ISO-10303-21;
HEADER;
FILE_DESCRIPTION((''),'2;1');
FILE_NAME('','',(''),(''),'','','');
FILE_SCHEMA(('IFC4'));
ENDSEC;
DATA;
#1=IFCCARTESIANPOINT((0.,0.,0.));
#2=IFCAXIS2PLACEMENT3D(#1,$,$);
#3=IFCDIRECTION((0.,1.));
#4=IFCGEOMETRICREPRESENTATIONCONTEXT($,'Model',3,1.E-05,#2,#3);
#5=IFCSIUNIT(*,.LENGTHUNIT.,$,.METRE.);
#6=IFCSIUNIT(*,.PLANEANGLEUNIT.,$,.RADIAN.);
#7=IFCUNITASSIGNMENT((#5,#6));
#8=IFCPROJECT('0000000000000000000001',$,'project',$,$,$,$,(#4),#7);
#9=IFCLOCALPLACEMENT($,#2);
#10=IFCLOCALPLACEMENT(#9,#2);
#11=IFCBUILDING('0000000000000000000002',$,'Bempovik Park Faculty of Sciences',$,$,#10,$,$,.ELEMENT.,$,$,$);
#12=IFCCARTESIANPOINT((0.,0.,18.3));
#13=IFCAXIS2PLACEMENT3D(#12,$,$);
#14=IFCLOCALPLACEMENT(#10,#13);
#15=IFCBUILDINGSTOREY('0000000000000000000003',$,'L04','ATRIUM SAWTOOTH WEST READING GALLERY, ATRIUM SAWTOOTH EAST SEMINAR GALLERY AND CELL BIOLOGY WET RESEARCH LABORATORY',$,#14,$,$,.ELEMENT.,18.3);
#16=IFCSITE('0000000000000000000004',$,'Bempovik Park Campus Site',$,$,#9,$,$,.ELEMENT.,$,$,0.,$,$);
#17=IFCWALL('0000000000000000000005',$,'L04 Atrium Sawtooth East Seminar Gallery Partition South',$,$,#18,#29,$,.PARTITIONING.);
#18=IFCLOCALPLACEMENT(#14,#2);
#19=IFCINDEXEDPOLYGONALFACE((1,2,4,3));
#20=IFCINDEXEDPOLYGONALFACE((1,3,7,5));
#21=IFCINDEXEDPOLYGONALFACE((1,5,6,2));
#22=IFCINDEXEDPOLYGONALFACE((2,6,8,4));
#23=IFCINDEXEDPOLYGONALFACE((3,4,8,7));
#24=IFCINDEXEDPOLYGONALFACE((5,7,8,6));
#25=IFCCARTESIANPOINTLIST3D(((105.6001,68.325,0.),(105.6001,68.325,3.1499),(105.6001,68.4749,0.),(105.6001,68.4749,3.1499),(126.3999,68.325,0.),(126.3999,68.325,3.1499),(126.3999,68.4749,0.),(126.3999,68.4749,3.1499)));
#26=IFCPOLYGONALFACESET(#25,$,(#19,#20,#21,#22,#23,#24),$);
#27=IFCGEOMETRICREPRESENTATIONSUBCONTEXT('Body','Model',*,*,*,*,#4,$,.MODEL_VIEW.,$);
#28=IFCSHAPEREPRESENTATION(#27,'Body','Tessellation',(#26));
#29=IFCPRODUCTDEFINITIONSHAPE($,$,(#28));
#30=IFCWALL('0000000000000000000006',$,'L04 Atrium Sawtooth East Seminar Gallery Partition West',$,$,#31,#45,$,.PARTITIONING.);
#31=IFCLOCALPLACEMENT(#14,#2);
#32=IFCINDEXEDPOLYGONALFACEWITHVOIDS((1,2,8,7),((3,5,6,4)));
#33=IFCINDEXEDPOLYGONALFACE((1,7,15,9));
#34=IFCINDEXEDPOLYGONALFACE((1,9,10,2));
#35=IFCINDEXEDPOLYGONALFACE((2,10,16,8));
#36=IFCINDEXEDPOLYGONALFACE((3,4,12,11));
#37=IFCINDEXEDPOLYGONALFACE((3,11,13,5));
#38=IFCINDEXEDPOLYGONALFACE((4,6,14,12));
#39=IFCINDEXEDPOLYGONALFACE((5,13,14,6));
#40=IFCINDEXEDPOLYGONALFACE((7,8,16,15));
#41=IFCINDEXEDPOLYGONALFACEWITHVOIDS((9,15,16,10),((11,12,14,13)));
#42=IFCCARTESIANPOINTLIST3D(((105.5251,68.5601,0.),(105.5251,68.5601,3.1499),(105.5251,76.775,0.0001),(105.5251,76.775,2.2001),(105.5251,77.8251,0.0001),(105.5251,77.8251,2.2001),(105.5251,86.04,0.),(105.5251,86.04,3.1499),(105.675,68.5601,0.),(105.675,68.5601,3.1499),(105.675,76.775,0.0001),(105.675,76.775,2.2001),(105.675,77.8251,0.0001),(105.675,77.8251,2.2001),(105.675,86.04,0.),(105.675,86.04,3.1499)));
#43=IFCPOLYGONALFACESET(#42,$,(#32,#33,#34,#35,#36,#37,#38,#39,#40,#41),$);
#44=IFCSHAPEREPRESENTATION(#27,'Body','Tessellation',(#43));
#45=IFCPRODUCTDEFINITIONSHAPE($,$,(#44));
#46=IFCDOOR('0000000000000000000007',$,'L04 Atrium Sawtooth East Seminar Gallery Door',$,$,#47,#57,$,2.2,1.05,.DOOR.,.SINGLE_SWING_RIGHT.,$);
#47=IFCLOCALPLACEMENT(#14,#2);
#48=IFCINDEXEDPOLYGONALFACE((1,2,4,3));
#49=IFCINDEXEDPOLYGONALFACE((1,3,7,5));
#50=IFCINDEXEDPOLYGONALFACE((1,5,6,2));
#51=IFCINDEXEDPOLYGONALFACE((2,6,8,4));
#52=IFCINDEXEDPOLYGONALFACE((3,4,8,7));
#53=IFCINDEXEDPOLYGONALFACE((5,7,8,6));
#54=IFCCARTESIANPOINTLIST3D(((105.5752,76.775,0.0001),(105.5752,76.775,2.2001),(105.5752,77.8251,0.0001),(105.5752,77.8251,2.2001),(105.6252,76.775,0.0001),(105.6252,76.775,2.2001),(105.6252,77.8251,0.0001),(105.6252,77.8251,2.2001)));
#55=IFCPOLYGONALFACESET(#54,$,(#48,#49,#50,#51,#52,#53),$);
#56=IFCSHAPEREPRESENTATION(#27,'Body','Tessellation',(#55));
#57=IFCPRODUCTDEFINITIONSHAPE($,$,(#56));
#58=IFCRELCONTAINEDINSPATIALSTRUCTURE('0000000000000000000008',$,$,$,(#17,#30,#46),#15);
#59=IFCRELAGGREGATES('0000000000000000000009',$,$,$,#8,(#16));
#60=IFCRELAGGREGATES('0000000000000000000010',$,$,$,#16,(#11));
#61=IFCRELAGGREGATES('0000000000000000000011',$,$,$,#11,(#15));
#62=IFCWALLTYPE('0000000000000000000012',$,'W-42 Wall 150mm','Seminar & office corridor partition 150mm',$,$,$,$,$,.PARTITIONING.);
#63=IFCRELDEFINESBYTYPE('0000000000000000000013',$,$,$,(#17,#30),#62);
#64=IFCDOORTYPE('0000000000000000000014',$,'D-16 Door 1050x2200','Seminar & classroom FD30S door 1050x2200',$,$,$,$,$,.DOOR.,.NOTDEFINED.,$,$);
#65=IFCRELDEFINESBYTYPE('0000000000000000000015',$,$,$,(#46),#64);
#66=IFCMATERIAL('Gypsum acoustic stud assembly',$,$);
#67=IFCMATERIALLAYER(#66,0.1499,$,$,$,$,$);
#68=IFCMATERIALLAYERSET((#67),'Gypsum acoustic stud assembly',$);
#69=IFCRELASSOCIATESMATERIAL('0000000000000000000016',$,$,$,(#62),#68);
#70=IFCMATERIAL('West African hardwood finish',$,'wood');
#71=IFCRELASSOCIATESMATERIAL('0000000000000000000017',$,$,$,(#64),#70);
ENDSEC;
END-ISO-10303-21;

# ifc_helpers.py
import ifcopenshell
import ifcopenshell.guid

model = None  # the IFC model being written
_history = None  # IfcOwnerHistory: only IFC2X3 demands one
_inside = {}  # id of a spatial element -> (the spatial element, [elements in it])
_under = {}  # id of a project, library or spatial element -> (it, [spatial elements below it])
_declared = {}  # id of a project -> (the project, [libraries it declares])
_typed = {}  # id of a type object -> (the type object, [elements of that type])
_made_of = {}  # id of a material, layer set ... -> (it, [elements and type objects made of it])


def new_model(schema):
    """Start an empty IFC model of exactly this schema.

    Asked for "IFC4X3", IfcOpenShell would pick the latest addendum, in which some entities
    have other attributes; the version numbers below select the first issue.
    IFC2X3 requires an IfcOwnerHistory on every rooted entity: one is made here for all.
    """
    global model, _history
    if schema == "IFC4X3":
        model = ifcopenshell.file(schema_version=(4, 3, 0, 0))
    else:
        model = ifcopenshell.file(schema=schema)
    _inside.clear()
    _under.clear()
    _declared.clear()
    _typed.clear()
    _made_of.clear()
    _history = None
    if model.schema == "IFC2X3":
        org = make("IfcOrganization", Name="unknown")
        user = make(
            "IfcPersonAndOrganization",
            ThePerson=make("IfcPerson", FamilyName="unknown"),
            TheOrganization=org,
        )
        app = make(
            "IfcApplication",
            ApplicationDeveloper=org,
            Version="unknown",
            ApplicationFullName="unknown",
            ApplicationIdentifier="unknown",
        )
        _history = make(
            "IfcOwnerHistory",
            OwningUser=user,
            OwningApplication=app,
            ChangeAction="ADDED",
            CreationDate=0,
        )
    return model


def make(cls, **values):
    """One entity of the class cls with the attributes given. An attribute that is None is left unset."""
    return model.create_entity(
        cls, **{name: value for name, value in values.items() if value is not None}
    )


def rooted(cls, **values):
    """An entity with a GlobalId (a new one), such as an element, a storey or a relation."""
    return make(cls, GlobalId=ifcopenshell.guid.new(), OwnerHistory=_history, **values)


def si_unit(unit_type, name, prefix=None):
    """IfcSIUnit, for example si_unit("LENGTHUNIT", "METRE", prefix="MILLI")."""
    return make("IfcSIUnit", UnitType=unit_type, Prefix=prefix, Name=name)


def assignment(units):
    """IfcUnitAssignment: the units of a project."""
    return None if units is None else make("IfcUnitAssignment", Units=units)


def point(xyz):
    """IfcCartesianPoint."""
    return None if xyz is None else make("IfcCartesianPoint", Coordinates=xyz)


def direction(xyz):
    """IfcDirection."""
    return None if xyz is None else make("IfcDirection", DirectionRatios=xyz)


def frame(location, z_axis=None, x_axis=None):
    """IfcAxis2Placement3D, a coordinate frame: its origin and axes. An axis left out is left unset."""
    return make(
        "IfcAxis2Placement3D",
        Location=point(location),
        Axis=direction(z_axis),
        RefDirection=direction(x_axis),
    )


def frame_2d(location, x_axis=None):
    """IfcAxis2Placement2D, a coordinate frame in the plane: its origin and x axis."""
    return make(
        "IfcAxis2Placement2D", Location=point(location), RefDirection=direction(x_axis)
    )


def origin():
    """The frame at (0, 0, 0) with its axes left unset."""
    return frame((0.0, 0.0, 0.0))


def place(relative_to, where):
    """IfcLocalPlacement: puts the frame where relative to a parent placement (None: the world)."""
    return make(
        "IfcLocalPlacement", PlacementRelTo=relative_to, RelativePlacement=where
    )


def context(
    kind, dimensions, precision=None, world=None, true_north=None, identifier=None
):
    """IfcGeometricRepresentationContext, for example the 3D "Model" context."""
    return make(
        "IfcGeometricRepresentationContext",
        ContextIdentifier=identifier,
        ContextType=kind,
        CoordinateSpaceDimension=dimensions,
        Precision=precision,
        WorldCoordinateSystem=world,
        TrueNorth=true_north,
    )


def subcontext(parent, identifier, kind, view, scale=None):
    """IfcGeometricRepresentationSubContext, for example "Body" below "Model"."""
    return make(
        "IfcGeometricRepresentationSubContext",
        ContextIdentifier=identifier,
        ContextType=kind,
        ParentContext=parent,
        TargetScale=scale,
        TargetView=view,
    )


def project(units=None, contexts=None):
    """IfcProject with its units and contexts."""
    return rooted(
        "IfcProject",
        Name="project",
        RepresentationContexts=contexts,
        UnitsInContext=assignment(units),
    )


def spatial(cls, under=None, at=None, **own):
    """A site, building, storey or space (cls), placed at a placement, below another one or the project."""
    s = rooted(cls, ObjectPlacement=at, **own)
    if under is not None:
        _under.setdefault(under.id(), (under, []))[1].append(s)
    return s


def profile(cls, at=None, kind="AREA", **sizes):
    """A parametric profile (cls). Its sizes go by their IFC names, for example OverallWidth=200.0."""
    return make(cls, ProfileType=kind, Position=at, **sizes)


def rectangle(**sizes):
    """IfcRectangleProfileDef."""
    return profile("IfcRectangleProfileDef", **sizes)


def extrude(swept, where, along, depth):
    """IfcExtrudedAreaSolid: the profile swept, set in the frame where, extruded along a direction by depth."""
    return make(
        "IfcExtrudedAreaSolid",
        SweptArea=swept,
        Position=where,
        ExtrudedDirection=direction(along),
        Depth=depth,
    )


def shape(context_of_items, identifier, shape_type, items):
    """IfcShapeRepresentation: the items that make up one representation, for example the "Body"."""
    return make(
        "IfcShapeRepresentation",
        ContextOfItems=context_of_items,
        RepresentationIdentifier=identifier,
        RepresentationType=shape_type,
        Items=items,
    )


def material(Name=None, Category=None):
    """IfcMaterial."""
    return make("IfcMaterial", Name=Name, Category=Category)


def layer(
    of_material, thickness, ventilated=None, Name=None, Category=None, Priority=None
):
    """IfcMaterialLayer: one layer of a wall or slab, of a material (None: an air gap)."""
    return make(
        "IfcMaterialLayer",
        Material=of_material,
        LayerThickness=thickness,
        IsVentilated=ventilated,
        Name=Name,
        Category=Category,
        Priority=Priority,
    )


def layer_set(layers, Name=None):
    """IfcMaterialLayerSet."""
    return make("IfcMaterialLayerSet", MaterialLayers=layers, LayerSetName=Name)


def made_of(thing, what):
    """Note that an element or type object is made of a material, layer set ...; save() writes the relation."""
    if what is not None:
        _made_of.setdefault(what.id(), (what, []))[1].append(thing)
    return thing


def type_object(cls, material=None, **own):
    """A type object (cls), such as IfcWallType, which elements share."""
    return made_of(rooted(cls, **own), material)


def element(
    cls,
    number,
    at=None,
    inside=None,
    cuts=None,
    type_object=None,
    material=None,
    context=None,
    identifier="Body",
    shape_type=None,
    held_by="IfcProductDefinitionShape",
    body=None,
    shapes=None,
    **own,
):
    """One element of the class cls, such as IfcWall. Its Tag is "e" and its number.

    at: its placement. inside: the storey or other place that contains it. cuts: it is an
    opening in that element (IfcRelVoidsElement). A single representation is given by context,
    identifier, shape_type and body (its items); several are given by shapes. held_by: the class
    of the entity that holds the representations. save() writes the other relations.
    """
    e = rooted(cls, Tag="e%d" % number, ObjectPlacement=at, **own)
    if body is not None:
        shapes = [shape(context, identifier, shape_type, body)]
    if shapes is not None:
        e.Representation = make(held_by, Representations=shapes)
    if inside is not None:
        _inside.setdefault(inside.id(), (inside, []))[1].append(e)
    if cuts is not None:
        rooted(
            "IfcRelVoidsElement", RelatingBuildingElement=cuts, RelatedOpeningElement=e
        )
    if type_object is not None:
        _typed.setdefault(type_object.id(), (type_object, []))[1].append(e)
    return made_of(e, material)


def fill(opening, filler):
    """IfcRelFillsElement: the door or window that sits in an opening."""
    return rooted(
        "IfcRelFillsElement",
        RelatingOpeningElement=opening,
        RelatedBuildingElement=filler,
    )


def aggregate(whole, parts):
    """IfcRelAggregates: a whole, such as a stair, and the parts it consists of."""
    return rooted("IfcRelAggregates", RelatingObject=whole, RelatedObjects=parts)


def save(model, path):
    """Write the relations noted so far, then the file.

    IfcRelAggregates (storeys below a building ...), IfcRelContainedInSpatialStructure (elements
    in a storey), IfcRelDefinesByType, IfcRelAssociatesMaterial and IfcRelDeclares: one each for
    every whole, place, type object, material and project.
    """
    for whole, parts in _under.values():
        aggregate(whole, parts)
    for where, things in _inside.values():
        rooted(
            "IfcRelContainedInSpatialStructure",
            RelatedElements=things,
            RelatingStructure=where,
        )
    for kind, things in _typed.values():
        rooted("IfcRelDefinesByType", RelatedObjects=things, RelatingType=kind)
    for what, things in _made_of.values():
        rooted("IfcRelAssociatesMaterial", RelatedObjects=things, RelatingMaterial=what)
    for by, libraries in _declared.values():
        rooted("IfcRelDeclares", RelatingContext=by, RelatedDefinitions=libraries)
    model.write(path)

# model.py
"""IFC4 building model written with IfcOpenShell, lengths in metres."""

from ifc_helpers import new_model, si_unit, direction, frame, frame_2d, origin, place, context, subcontext, project, spatial, rectangle, extrude, material, layer, layer_set, type_object, element, fill, save


model = new_model("IFC4")

# Units and contexts
model_context = context("Model", 3, precision=1e-05, world=origin(), true_north=direction((0.0, 1.0)))
body_context = subcontext(model_context, "Body", "Model", "MODEL_VIEW")
ifc_project = project(units=[si_unit("LENGTHUNIT", "METRE"), si_unit("PLANEANGLEUNIT", "RADIAN")], contexts=[model_context])

# Site, building, storey
site_placement = place(None, origin())
site = spatial("IfcSite", under=ifc_project, at=site_placement, Name="Bempovik Park Campus Site", CompositionType="ELEMENT", RefElevation=0.0)
building_placement = place(site_placement, origin())
building = spatial("IfcBuilding", under=site, at=building_placement, Name="Bempovik Park Faculty of Sciences", CompositionType="ELEMENT")
storey_placement = place(building_placement, frame((0.0, 0.0, 18.3)))
storey = spatial("IfcBuildingStorey", under=building, at=storey_placement, Name="L04", Description="ATRIUM SAWTOOTH WEST READING GALLERY, ATRIUM SAWTOOTH EAST SEMINAR GALLERY AND CELL BIOLOGY WET RESEARCH LABORATORY", CompositionType="ELEMENT", Elevation=18.3)

# Wall
ifc_material_1 = material(Name="Gypsum acoustic stud assembly")
ifc_layer_1 = layer(ifc_material_1, 0.1499)
ifc_layer_set_1 = layer_set([ifc_layer_1], Name="Gypsum acoustic stud assembly")
wall_type = type_object("IfcWallType", Name="W-42 Wall 150mm", Description="Seminar & office corridor partition 150mm", PredefinedType="PARTITIONING", material=ifc_layer_set_1)
wall_1_placement = place(storey_placement, frame((105.6001, 68.3999, 0.0), z_axis=(0.0, 0.0, 1.0), x_axis=(1.0, 0.0, 0.0)))
element("IfcWall", 1, at=wall_1_placement, inside=storey, type_object=wall_type, Name="L04 Atrium Sawtooth East Seminar Gallery Partition South", PredefinedType="PARTITIONING", context=body_context, shape_type="SweptSolid", body=[
    extrude(rectangle(XDim=20.7998, YDim=0.1499, at=frame_2d((10.3999, 0.0))), origin(), (0.0, 0.0, 1.0), 3.1499),
])

# Wall, opening, door
wall_2_placement = place(storey_placement, frame((105.6001, 68.5601, 0.0), z_axis=(0.0, 0.0, 1.0), x_axis=(0.0, 1.0, 0.0)))
wall_2 = element("IfcWall", 2, at=wall_2_placement, inside=storey, type_object=wall_type, Name="L04 Atrium Sawtooth East Seminar Gallery Partition West", PredefinedType="PARTITIONING", context=body_context, shape_type="SweptSolid", body=[
    extrude(rectangle(XDim=17.48, YDim=0.1499, at=frame_2d((8.74, 0.0))), origin(), (0.0, 0.0, 1.0), 3.1499),
])
opening_placement = place(wall_2_placement, frame((8.2151, 0.0, 0.0)))
opening = element("IfcOpeningElement", 3, at=opening_placement, cuts=wall_2, PredefinedType="OPENING", context=body_context, shape_type="SweptSolid", body=[
    extrude(rectangle(XDim=1.05, YDim=2.2, at=frame_2d((0.5249, 1.1001))), frame((0.0, 0.085, 0.0), z_axis=(0.0, -1.0, 0.0), x_axis=(1.0, 0.0, 0.0)), (0.0, 0.0, 1.0), 0.1699),
])
ifc_material_2 = material(Name="West African hardwood finish", Category="wood")
door_type = type_object("IfcDoorType", Name="D-16 Door 1050x2200", Description="Seminar & classroom FD30S door 1050x2200", OperationType="NOTDEFINED", PredefinedType="DOOR", material=ifc_material_2)
door_placement = place(opening_placement, origin())
door = element("IfcDoor", 4, at=door_placement, inside=storey, type_object=door_type, Name="L04 Atrium Sawtooth East Seminar Gallery Door", OperationType="SINGLE_SWING_RIGHT", OverallHeight=2.2, OverallWidth=1.05, PredefinedType="DOOR", context=body_context, shape_type="SweptSolid", body=[
    extrude(rectangle(XDim=1.05, YDim=2.2, at=frame_2d((0.5249, 1.1001))), frame((0.0, 0.0249, 0.0), z_axis=(0.0, -1.0, 0.0), x_axis=(1.0, 0.0, 0.0)), (0.0, 0.0, 1.0), 0.05),
])
fill(opening, door)

save(model, "model.ifc")
